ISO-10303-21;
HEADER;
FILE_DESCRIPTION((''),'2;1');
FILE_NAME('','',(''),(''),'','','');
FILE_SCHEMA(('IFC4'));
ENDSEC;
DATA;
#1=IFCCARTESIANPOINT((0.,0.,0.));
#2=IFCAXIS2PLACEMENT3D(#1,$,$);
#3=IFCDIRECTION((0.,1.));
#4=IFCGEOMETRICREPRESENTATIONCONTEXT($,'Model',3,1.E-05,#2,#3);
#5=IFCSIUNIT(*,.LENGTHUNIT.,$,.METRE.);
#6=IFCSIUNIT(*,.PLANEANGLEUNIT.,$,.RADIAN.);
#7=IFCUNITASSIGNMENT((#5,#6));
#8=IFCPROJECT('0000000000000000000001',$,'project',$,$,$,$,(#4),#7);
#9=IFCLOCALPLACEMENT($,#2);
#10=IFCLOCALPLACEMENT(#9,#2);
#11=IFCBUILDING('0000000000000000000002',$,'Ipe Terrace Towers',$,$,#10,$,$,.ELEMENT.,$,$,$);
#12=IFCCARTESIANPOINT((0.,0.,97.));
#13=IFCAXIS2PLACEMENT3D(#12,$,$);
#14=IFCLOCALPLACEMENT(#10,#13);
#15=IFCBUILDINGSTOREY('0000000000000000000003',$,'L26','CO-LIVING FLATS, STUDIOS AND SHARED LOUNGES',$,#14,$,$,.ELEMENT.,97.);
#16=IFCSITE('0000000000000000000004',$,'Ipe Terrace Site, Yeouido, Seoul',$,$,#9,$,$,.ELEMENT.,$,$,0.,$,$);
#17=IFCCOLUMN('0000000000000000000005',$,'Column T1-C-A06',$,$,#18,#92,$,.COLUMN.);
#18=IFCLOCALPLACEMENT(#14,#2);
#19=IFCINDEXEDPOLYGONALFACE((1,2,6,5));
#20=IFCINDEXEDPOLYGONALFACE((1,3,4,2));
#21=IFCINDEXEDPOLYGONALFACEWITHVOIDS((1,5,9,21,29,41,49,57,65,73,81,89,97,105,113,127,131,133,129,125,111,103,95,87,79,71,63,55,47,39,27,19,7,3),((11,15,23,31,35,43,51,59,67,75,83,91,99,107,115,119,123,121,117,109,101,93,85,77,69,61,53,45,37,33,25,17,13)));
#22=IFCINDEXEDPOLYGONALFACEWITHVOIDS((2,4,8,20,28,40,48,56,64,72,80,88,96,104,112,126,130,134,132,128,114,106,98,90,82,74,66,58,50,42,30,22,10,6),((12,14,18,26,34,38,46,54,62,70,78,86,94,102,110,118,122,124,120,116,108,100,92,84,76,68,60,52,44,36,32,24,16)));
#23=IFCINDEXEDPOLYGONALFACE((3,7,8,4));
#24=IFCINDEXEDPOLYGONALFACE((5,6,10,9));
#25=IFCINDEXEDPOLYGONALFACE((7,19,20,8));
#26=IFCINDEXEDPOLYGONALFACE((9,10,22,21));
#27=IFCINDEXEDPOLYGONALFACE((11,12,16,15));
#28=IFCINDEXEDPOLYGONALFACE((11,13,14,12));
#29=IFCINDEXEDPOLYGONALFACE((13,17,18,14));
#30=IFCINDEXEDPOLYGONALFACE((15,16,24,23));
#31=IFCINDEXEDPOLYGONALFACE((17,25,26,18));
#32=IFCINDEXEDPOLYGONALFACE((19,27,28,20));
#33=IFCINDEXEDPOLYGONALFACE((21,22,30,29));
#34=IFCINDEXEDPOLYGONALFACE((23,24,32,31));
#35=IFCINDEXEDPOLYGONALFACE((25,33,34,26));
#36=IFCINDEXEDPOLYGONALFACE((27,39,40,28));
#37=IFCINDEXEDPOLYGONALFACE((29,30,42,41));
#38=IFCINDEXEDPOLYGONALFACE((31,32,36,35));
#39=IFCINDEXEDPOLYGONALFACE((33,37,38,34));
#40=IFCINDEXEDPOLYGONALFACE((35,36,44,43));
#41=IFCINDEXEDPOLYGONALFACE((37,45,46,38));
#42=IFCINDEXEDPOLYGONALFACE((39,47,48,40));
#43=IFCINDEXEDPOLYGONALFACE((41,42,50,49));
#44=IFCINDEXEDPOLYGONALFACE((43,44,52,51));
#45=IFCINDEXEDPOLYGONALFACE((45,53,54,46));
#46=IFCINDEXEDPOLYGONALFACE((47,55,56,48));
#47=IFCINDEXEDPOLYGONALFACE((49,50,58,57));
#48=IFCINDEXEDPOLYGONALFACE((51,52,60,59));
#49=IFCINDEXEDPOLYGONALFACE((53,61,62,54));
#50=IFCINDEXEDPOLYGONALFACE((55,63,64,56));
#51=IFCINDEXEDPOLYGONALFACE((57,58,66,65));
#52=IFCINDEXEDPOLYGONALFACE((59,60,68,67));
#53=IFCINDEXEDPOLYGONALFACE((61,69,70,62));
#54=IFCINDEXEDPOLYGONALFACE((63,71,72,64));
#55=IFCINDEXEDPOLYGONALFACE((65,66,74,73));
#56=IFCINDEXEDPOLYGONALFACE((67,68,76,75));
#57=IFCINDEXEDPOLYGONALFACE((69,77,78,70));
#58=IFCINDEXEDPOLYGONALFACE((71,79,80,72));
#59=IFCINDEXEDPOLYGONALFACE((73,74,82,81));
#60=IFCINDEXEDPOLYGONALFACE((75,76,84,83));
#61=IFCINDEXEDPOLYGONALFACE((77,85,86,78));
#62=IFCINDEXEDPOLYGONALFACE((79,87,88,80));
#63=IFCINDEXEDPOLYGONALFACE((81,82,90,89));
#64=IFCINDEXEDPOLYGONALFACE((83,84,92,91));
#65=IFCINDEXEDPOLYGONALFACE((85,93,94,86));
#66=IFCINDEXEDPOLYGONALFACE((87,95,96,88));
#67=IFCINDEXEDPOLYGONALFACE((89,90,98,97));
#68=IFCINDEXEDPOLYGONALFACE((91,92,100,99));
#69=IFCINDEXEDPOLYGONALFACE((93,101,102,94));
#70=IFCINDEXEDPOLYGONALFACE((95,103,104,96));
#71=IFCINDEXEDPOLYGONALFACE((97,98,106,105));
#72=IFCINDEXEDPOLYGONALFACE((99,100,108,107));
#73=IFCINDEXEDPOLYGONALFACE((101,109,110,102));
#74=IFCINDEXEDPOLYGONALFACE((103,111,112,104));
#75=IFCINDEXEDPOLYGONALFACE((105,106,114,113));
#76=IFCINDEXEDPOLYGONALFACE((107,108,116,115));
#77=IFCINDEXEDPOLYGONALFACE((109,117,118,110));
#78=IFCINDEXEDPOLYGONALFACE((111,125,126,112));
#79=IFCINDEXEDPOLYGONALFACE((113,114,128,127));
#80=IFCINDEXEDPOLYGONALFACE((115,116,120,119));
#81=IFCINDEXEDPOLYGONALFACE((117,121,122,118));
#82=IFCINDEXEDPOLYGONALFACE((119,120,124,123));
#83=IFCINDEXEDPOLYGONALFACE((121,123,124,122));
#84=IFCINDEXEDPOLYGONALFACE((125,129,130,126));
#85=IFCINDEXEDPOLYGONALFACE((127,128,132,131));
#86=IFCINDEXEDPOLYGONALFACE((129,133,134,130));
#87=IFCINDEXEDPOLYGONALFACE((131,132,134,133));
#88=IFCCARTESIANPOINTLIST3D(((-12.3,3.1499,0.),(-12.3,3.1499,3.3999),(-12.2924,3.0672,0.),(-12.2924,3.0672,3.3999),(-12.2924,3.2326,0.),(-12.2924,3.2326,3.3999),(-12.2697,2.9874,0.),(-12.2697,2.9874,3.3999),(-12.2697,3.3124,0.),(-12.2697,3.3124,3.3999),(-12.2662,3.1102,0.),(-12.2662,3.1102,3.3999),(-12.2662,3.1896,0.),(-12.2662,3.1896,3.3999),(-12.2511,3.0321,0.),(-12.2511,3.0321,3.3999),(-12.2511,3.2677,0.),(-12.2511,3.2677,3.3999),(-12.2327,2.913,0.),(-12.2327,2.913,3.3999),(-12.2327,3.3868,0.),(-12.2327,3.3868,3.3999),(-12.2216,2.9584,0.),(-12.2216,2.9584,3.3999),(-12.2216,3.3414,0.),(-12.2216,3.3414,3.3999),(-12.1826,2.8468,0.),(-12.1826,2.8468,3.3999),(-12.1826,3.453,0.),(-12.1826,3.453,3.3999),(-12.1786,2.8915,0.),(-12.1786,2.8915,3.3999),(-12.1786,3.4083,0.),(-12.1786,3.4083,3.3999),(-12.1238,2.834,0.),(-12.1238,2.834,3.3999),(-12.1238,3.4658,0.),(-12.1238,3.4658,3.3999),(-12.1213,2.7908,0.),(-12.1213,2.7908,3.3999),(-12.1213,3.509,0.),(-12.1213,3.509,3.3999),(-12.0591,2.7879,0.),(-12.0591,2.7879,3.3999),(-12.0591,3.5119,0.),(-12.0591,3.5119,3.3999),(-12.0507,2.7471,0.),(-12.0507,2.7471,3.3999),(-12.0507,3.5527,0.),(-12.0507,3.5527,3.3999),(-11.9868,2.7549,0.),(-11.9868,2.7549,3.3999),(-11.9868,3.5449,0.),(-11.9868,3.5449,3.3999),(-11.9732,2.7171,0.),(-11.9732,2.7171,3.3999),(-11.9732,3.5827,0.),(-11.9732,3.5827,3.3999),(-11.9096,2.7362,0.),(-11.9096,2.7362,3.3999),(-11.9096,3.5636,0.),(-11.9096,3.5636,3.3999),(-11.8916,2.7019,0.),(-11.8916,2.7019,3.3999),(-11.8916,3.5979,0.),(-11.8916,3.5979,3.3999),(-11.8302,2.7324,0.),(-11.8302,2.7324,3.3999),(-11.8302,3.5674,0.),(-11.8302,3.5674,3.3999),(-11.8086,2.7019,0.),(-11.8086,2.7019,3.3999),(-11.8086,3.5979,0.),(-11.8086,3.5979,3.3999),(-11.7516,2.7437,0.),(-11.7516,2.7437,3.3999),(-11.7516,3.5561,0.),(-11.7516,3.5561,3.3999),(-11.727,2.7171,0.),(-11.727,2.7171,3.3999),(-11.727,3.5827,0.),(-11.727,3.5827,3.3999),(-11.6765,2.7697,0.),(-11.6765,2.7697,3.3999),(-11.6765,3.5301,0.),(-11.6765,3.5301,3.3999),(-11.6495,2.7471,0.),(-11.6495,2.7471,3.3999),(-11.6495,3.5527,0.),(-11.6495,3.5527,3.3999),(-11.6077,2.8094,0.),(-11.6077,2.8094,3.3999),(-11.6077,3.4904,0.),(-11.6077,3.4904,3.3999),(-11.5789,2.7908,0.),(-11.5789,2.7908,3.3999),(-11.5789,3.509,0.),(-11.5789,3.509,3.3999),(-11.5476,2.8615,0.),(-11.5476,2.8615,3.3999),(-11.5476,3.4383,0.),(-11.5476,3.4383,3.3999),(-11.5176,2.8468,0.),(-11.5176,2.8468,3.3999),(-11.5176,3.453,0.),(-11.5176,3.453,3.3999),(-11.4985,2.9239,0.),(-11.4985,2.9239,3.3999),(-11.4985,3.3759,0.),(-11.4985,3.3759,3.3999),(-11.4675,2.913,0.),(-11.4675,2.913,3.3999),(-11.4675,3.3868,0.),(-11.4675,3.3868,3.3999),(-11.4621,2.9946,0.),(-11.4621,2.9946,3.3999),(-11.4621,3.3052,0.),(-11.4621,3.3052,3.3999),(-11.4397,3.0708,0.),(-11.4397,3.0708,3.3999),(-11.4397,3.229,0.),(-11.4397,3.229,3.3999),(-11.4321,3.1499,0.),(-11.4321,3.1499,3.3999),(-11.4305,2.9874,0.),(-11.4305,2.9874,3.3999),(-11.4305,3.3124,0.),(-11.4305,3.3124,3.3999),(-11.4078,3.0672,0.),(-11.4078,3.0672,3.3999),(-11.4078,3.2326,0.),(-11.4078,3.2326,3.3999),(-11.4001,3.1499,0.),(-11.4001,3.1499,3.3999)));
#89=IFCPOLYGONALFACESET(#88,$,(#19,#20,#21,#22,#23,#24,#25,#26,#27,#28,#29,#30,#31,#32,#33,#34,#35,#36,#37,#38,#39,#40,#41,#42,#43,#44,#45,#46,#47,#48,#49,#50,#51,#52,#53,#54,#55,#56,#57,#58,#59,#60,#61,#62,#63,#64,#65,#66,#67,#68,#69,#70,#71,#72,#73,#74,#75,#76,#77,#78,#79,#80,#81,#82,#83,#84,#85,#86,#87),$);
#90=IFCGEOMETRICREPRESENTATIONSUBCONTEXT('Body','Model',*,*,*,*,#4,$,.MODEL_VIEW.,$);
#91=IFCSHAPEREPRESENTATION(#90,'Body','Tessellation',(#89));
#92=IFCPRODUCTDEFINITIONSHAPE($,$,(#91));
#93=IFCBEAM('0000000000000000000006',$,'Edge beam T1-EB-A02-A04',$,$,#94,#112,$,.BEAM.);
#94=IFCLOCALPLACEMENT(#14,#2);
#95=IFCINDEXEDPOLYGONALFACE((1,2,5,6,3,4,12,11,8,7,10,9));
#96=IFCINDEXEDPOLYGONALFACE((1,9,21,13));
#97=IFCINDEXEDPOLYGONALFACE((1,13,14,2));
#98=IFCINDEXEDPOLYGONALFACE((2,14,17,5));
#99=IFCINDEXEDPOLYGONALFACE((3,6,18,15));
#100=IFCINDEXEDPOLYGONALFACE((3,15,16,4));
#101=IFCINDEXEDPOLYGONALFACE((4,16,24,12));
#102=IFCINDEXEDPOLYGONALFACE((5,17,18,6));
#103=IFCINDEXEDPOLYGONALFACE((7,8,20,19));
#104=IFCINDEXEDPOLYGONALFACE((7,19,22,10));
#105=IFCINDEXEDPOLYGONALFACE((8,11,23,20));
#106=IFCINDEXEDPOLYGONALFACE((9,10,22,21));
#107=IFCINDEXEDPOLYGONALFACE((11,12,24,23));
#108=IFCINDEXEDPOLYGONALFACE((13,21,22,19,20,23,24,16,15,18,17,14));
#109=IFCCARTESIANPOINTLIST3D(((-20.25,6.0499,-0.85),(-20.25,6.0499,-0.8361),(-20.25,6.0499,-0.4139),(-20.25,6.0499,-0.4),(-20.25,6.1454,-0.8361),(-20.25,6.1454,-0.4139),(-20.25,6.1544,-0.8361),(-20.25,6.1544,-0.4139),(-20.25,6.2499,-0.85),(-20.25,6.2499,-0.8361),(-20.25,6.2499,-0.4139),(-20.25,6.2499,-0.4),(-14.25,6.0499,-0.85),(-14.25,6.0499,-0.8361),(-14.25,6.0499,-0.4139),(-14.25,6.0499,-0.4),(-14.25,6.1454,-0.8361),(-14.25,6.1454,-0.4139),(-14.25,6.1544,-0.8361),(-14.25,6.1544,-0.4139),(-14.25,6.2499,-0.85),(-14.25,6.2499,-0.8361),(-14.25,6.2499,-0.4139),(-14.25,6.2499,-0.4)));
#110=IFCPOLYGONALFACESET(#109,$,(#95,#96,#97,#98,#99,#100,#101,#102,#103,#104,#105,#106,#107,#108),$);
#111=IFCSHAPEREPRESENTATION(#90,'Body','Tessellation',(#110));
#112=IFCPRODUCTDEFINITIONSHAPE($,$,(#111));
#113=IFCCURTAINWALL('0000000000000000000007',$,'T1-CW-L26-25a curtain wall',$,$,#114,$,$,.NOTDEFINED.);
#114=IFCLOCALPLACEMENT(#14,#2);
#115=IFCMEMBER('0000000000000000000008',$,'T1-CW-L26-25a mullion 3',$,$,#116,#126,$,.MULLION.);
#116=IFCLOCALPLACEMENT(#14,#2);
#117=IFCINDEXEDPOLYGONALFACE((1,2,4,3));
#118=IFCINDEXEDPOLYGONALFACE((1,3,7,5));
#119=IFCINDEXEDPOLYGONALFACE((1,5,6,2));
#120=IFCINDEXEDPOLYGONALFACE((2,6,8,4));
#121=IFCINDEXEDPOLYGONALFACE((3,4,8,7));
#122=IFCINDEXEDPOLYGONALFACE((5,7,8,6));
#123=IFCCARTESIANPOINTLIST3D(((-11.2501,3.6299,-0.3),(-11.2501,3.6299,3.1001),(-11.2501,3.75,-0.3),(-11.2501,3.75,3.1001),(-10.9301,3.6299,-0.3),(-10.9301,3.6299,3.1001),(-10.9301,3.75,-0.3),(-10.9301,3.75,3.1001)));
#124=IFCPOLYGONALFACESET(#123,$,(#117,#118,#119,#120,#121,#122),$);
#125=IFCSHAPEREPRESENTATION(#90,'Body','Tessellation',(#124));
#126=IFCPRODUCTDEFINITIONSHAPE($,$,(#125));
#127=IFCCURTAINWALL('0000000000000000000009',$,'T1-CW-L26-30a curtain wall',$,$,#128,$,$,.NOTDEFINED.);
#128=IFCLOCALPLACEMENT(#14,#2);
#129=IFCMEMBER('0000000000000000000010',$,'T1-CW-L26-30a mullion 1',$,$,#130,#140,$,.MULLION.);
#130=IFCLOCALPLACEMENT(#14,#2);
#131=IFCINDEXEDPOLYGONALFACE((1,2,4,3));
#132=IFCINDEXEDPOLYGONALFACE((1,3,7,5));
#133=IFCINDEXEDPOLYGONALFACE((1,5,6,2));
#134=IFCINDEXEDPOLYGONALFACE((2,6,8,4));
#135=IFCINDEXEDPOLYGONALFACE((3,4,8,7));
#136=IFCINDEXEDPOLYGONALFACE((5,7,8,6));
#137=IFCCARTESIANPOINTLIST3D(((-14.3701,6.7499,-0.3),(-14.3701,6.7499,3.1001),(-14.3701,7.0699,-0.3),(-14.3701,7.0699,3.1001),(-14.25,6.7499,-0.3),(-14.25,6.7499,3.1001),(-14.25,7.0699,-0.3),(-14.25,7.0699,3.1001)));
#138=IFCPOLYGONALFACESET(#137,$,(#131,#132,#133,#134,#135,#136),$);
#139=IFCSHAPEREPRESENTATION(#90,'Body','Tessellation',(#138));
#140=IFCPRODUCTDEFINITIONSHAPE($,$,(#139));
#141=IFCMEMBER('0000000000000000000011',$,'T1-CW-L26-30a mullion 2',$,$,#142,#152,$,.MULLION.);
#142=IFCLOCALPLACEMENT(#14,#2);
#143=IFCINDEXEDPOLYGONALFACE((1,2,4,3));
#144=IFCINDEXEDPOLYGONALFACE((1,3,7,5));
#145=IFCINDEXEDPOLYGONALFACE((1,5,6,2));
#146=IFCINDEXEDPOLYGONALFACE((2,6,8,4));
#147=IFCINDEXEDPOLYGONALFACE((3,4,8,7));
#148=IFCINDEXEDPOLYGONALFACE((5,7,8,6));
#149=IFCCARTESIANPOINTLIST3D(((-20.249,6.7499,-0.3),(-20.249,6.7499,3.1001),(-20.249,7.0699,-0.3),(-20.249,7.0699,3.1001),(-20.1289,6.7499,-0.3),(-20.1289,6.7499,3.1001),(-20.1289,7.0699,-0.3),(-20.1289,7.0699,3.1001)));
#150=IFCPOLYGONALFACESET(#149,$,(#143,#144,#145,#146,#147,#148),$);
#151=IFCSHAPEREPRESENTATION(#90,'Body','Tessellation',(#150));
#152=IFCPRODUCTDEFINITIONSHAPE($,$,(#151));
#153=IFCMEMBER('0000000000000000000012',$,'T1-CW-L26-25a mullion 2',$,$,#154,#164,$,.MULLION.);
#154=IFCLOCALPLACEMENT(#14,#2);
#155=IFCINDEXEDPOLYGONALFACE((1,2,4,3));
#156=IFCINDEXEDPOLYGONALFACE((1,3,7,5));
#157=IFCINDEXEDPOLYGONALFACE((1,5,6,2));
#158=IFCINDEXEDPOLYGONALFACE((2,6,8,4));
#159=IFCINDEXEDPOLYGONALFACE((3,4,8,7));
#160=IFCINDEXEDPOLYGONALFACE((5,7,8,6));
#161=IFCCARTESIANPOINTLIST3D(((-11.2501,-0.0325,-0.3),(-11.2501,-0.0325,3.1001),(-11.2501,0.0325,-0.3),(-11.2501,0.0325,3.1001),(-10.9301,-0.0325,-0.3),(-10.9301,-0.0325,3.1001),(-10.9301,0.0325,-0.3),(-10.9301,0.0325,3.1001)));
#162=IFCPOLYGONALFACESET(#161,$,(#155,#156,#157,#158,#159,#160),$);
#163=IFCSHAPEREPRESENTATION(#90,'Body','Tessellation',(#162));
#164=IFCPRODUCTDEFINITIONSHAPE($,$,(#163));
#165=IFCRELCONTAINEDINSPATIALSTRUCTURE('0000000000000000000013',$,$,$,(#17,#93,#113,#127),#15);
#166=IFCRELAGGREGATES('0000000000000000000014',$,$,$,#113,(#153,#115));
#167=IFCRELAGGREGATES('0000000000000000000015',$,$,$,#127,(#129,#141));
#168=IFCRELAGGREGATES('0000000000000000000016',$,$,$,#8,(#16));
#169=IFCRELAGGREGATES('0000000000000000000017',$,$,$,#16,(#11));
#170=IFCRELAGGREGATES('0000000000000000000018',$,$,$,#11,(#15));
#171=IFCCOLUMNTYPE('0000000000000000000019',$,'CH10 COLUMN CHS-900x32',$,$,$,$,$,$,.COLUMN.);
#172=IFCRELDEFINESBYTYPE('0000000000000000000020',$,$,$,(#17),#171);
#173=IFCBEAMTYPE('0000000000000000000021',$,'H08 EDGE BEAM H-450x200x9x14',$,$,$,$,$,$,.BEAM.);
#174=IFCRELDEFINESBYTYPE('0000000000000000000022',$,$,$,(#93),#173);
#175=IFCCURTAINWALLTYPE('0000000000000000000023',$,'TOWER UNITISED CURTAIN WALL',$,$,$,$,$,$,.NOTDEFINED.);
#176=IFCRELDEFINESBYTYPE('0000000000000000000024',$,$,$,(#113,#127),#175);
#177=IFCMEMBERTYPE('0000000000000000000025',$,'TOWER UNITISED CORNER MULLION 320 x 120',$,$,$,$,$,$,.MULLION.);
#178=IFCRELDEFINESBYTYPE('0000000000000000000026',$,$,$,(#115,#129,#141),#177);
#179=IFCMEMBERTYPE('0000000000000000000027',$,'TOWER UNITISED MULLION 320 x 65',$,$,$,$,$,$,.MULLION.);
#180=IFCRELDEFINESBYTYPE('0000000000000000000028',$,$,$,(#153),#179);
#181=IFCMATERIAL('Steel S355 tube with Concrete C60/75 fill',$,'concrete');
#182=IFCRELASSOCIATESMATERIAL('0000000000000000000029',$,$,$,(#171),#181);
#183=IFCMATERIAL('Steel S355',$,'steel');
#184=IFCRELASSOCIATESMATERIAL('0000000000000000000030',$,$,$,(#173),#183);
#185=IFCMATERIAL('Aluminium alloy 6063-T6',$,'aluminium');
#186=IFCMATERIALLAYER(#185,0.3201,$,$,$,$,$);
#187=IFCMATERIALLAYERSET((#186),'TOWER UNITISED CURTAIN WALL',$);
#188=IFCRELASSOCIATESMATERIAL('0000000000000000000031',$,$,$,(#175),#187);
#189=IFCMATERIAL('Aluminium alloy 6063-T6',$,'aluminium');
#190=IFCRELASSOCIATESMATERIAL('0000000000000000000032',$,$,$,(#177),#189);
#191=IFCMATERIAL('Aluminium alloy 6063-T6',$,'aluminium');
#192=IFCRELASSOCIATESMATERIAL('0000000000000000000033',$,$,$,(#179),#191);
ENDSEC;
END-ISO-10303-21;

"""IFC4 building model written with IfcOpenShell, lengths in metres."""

from ifc_helpers import new_model, si_unit, direction, frame, origin, origin_2d, place, context, subcontext, project, spatial, rectangle, hollow_circle, i_section, extrude, material, layer, layer_set, material_profile, profile_set, type_object, element, aggregate, save


model = new_model("IFC4")

# Units and contexts
model_context = context("Model", 3, precision=1e-05, world=origin(), true_north=direction((0.0, 1.0)))
body_context = subcontext(model_context, "Body", "Model", "MODEL_VIEW")
ifc_project = project(units=[si_unit("LENGTHUNIT", "METRE"), si_unit("PLANEANGLEUNIT", "RADIAN")], contexts=[model_context])

# Site, building, storey
site_placement = place(None, origin())
site = spatial("IfcSite", under=ifc_project, at=site_placement, Name="Ipe Terrace Site, Yeouido, Seoul", CompositionType="ELEMENT", RefElevation=0.0)
building_placement = place(site_placement, origin())
building = spatial("IfcBuilding", under=site, at=building_placement, Name="Ipe Terrace Towers", CompositionType="ELEMENT")
storey_placement = place(building_placement, frame((0.0, 0.0, 97.0)))
storey = spatial("IfcBuildingStorey", under=building, at=storey_placement, Name="L26", Description="CO-LIVING FLATS, STUDIOS AND SHARED LOUNGES", CompositionType="ELEMENT", Elevation=97.0)

# Column
ifc_material_1 = material(Name="Steel S355 tube with Concrete C60/75 fill", Category="concrete")
ifc_material_profile_1 = material_profile(ifc_material_1, hollow_circle(Radius=0.45, WallThickness=0.032, at=origin_2d()), Name="CHS-900x32")
ifc_profile_set_1 = profile_set([ifc_material_profile_1], Name="Steel S355 tube with Concrete C60/75 fill")
column_type = type_object("IfcColumnType", Name="CH10 COLUMN CHS-900x32", PredefinedType="COLUMN", material=ifc_profile_set_1)
for number, where, z_axis, x_axis, name in (
    (1, (-11.8501, 3.1499, 0.0), (0.0, 0.0, 1.0), (1.0, 0.0, 0.0), "Column T1-C-A06"),
):
    element("IfcColumn", number, at=place(storey_placement, frame(where, z_axis=z_axis, x_axis=x_axis)), inside=storey, type_object=column_type, Name=name, PredefinedType="COLUMN", context=body_context, shape_type="SweptSolid", body=[
        extrude(hollow_circle(Radius=0.45, WallThickness=0.032, at=origin_2d()), origin(), (0.0, 0.0, 1.0), 3.3999),
    ])

# Beam
ifc_material_2 = material(Name="Steel S355", Category="steel")
ifc_material_profile_2 = material_profile(ifc_material_2, i_section(OverallWidth=0.2, OverallDepth=0.45, WebThickness=0.009, FlangeThickness=0.0139, at=origin_2d()), Name="H-450x200x9x14")
ifc_profile_set_2 = profile_set([ifc_material_profile_2], Name="Steel S355")
beam_type = type_object("IfcBeamType", Name="H08 EDGE BEAM H-450x200x9x14", PredefinedType="BEAM", material=ifc_profile_set_2)
beam_placement = place(storey_placement, frame((-20.25, 6.1499, -0.625), z_axis=(1.0, 0.0, 0.0), x_axis=(0.0, 1.0, 0.0)))
element("IfcBeam", 2, at=beam_placement, inside=storey, type_object=beam_type, Name="Edge beam T1-EB-A02-A04", PredefinedType="BEAM", context=body_context, shape_type="SweptSolid", body=[
    extrude(i_section(OverallWidth=0.2, OverallDepth=0.45, WebThickness=0.009, FlangeThickness=0.0139, at=origin_2d()), origin(), (0.0, 0.0, 1.0), 6.0),
])

# Curtain wall, member
ifc_material_3 = material(Name="Aluminium alloy 6063-T6", Category="aluminium")
ifc_layer_1 = layer(ifc_material_3, 0.3201)
ifc_layer_set_1 = layer_set([ifc_layer_1], Name="TOWER UNITISED CURTAIN WALL")
curtain_wall_type = type_object("IfcCurtainWallType", Name="TOWER UNITISED CURTAIN WALL", PredefinedType="NOTDEFINED", material=ifc_layer_set_1)
curtain_wall_1_placement = place(storey_placement, origin())
curtain_wall_1 = element("IfcCurtainWall", 3, at=curtain_wall_1_placement, inside=storey, type_object=curtain_wall_type, Name="T1-CW-L26-25a curtain wall", PredefinedType="NOTDEFINED")
ifc_material_4 = material(Name="Aluminium alloy 6063-T6", Category="aluminium")
ifc_material_profile_3 = material_profile(ifc_material_4, rectangle(XDim=0.3201, YDim=0.1201, at=origin_2d()), Name="TOWER UNITISED CORNER MULLION 320 x 120")
ifc_profile_set_3 = profile_set([ifc_material_profile_3], Name="Aluminium alloy 6063-T6")
member_type_1 = type_object("IfcMemberType", Name="TOWER UNITISED CORNER MULLION 320 x 120", PredefinedType="MULLION", material=ifc_profile_set_3)
member_1_placement = place(storey_placement, frame((-11.0901, 3.6899, -0.3), z_axis=(0.0, 0.0, 1.0), x_axis=(1.0, 0.0, 0.0)))
member_1 = element("IfcMember", 4, at=member_1_placement, type_object=member_type_1, Name="T1-CW-L26-25a mullion 3", PredefinedType="MULLION", context=body_context, shape_type="SweptSolid", body=[
    extrude(rectangle(XDim=0.3201, YDim=0.1201, at=origin_2d()), origin(), (0.0, 0.0, 1.0), 3.4001),
])

# Curtain wall, members
curtain_wall_2_placement = place(storey_placement, origin())
curtain_wall_2 = element("IfcCurtainWall", 5, at=curtain_wall_2_placement, inside=storey, type_object=curtain_wall_type, Name="T1-CW-L26-30a curtain wall", PredefinedType="NOTDEFINED")
member_2_placement = place(storey_placement, frame((-14.3101, 6.9099, -0.3), z_axis=(0.0, 0.0, 1.0), x_axis=(0.0, 1.0, 0.0)))
member_2 = element("IfcMember", 6, at=member_2_placement, type_object=member_type_1, Name="T1-CW-L26-30a mullion 1", PredefinedType="MULLION", context=body_context, shape_type="SweptSolid", body=[
    extrude(rectangle(XDim=0.3201, YDim=0.1201, at=origin_2d()), origin(), (0.0, 0.0, 1.0), 3.4001),
])
member_3_placement = place(storey_placement, frame((-20.189, 6.9099, -0.3), z_axis=(0.0, 0.0, 1.0), x_axis=(0.0, 1.0, 0.0)))
member_3 = element("IfcMember", 7, at=member_3_placement, type_object=member_type_1, Name="T1-CW-L26-30a mullion 2", PredefinedType="MULLION", context=body_context, shape_type="SweptSolid", body=[
    extrude(rectangle(XDim=0.3201, YDim=0.1201, at=origin_2d()), origin(), (0.0, 0.0, 1.0), 3.4001),
])

# Member
ifc_material_5 = material(Name="Aluminium alloy 6063-T6", Category="aluminium")
ifc_material_profile_4 = material_profile(ifc_material_5, rectangle(XDim=0.3201, YDim=0.0649, at=origin_2d()), Name="TOWER UNITISED MULLION 320 x 65")
ifc_profile_set_4 = profile_set([ifc_material_profile_4], Name="Aluminium alloy 6063-T6")
member_type_2 = type_object("IfcMemberType", Name="TOWER UNITISED MULLION 320 x 65", PredefinedType="MULLION", material=ifc_profile_set_4)
member_4_placement = place(storey_placement, frame((-11.0901, 0.0, -0.3), z_axis=(0.0, 0.0, 1.0), x_axis=(1.0, 0.0, 0.0)))
member_4 = element("IfcMember", 8, at=member_4_placement, type_object=member_type_2, Name="T1-CW-L26-25a mullion 2", PredefinedType="MULLION", context=body_context, shape_type="SweptSolid", body=[
    extrude(rectangle(XDim=0.3201, YDim=0.0649, at=origin_2d()), origin(), (0.0, 0.0, 1.0), 3.4001),
])

aggregate(curtain_wall_1, [member_4, member_1])
aggregate(curtain_wall_2, [member_2, member_3])

save(model, "model.ifc")
